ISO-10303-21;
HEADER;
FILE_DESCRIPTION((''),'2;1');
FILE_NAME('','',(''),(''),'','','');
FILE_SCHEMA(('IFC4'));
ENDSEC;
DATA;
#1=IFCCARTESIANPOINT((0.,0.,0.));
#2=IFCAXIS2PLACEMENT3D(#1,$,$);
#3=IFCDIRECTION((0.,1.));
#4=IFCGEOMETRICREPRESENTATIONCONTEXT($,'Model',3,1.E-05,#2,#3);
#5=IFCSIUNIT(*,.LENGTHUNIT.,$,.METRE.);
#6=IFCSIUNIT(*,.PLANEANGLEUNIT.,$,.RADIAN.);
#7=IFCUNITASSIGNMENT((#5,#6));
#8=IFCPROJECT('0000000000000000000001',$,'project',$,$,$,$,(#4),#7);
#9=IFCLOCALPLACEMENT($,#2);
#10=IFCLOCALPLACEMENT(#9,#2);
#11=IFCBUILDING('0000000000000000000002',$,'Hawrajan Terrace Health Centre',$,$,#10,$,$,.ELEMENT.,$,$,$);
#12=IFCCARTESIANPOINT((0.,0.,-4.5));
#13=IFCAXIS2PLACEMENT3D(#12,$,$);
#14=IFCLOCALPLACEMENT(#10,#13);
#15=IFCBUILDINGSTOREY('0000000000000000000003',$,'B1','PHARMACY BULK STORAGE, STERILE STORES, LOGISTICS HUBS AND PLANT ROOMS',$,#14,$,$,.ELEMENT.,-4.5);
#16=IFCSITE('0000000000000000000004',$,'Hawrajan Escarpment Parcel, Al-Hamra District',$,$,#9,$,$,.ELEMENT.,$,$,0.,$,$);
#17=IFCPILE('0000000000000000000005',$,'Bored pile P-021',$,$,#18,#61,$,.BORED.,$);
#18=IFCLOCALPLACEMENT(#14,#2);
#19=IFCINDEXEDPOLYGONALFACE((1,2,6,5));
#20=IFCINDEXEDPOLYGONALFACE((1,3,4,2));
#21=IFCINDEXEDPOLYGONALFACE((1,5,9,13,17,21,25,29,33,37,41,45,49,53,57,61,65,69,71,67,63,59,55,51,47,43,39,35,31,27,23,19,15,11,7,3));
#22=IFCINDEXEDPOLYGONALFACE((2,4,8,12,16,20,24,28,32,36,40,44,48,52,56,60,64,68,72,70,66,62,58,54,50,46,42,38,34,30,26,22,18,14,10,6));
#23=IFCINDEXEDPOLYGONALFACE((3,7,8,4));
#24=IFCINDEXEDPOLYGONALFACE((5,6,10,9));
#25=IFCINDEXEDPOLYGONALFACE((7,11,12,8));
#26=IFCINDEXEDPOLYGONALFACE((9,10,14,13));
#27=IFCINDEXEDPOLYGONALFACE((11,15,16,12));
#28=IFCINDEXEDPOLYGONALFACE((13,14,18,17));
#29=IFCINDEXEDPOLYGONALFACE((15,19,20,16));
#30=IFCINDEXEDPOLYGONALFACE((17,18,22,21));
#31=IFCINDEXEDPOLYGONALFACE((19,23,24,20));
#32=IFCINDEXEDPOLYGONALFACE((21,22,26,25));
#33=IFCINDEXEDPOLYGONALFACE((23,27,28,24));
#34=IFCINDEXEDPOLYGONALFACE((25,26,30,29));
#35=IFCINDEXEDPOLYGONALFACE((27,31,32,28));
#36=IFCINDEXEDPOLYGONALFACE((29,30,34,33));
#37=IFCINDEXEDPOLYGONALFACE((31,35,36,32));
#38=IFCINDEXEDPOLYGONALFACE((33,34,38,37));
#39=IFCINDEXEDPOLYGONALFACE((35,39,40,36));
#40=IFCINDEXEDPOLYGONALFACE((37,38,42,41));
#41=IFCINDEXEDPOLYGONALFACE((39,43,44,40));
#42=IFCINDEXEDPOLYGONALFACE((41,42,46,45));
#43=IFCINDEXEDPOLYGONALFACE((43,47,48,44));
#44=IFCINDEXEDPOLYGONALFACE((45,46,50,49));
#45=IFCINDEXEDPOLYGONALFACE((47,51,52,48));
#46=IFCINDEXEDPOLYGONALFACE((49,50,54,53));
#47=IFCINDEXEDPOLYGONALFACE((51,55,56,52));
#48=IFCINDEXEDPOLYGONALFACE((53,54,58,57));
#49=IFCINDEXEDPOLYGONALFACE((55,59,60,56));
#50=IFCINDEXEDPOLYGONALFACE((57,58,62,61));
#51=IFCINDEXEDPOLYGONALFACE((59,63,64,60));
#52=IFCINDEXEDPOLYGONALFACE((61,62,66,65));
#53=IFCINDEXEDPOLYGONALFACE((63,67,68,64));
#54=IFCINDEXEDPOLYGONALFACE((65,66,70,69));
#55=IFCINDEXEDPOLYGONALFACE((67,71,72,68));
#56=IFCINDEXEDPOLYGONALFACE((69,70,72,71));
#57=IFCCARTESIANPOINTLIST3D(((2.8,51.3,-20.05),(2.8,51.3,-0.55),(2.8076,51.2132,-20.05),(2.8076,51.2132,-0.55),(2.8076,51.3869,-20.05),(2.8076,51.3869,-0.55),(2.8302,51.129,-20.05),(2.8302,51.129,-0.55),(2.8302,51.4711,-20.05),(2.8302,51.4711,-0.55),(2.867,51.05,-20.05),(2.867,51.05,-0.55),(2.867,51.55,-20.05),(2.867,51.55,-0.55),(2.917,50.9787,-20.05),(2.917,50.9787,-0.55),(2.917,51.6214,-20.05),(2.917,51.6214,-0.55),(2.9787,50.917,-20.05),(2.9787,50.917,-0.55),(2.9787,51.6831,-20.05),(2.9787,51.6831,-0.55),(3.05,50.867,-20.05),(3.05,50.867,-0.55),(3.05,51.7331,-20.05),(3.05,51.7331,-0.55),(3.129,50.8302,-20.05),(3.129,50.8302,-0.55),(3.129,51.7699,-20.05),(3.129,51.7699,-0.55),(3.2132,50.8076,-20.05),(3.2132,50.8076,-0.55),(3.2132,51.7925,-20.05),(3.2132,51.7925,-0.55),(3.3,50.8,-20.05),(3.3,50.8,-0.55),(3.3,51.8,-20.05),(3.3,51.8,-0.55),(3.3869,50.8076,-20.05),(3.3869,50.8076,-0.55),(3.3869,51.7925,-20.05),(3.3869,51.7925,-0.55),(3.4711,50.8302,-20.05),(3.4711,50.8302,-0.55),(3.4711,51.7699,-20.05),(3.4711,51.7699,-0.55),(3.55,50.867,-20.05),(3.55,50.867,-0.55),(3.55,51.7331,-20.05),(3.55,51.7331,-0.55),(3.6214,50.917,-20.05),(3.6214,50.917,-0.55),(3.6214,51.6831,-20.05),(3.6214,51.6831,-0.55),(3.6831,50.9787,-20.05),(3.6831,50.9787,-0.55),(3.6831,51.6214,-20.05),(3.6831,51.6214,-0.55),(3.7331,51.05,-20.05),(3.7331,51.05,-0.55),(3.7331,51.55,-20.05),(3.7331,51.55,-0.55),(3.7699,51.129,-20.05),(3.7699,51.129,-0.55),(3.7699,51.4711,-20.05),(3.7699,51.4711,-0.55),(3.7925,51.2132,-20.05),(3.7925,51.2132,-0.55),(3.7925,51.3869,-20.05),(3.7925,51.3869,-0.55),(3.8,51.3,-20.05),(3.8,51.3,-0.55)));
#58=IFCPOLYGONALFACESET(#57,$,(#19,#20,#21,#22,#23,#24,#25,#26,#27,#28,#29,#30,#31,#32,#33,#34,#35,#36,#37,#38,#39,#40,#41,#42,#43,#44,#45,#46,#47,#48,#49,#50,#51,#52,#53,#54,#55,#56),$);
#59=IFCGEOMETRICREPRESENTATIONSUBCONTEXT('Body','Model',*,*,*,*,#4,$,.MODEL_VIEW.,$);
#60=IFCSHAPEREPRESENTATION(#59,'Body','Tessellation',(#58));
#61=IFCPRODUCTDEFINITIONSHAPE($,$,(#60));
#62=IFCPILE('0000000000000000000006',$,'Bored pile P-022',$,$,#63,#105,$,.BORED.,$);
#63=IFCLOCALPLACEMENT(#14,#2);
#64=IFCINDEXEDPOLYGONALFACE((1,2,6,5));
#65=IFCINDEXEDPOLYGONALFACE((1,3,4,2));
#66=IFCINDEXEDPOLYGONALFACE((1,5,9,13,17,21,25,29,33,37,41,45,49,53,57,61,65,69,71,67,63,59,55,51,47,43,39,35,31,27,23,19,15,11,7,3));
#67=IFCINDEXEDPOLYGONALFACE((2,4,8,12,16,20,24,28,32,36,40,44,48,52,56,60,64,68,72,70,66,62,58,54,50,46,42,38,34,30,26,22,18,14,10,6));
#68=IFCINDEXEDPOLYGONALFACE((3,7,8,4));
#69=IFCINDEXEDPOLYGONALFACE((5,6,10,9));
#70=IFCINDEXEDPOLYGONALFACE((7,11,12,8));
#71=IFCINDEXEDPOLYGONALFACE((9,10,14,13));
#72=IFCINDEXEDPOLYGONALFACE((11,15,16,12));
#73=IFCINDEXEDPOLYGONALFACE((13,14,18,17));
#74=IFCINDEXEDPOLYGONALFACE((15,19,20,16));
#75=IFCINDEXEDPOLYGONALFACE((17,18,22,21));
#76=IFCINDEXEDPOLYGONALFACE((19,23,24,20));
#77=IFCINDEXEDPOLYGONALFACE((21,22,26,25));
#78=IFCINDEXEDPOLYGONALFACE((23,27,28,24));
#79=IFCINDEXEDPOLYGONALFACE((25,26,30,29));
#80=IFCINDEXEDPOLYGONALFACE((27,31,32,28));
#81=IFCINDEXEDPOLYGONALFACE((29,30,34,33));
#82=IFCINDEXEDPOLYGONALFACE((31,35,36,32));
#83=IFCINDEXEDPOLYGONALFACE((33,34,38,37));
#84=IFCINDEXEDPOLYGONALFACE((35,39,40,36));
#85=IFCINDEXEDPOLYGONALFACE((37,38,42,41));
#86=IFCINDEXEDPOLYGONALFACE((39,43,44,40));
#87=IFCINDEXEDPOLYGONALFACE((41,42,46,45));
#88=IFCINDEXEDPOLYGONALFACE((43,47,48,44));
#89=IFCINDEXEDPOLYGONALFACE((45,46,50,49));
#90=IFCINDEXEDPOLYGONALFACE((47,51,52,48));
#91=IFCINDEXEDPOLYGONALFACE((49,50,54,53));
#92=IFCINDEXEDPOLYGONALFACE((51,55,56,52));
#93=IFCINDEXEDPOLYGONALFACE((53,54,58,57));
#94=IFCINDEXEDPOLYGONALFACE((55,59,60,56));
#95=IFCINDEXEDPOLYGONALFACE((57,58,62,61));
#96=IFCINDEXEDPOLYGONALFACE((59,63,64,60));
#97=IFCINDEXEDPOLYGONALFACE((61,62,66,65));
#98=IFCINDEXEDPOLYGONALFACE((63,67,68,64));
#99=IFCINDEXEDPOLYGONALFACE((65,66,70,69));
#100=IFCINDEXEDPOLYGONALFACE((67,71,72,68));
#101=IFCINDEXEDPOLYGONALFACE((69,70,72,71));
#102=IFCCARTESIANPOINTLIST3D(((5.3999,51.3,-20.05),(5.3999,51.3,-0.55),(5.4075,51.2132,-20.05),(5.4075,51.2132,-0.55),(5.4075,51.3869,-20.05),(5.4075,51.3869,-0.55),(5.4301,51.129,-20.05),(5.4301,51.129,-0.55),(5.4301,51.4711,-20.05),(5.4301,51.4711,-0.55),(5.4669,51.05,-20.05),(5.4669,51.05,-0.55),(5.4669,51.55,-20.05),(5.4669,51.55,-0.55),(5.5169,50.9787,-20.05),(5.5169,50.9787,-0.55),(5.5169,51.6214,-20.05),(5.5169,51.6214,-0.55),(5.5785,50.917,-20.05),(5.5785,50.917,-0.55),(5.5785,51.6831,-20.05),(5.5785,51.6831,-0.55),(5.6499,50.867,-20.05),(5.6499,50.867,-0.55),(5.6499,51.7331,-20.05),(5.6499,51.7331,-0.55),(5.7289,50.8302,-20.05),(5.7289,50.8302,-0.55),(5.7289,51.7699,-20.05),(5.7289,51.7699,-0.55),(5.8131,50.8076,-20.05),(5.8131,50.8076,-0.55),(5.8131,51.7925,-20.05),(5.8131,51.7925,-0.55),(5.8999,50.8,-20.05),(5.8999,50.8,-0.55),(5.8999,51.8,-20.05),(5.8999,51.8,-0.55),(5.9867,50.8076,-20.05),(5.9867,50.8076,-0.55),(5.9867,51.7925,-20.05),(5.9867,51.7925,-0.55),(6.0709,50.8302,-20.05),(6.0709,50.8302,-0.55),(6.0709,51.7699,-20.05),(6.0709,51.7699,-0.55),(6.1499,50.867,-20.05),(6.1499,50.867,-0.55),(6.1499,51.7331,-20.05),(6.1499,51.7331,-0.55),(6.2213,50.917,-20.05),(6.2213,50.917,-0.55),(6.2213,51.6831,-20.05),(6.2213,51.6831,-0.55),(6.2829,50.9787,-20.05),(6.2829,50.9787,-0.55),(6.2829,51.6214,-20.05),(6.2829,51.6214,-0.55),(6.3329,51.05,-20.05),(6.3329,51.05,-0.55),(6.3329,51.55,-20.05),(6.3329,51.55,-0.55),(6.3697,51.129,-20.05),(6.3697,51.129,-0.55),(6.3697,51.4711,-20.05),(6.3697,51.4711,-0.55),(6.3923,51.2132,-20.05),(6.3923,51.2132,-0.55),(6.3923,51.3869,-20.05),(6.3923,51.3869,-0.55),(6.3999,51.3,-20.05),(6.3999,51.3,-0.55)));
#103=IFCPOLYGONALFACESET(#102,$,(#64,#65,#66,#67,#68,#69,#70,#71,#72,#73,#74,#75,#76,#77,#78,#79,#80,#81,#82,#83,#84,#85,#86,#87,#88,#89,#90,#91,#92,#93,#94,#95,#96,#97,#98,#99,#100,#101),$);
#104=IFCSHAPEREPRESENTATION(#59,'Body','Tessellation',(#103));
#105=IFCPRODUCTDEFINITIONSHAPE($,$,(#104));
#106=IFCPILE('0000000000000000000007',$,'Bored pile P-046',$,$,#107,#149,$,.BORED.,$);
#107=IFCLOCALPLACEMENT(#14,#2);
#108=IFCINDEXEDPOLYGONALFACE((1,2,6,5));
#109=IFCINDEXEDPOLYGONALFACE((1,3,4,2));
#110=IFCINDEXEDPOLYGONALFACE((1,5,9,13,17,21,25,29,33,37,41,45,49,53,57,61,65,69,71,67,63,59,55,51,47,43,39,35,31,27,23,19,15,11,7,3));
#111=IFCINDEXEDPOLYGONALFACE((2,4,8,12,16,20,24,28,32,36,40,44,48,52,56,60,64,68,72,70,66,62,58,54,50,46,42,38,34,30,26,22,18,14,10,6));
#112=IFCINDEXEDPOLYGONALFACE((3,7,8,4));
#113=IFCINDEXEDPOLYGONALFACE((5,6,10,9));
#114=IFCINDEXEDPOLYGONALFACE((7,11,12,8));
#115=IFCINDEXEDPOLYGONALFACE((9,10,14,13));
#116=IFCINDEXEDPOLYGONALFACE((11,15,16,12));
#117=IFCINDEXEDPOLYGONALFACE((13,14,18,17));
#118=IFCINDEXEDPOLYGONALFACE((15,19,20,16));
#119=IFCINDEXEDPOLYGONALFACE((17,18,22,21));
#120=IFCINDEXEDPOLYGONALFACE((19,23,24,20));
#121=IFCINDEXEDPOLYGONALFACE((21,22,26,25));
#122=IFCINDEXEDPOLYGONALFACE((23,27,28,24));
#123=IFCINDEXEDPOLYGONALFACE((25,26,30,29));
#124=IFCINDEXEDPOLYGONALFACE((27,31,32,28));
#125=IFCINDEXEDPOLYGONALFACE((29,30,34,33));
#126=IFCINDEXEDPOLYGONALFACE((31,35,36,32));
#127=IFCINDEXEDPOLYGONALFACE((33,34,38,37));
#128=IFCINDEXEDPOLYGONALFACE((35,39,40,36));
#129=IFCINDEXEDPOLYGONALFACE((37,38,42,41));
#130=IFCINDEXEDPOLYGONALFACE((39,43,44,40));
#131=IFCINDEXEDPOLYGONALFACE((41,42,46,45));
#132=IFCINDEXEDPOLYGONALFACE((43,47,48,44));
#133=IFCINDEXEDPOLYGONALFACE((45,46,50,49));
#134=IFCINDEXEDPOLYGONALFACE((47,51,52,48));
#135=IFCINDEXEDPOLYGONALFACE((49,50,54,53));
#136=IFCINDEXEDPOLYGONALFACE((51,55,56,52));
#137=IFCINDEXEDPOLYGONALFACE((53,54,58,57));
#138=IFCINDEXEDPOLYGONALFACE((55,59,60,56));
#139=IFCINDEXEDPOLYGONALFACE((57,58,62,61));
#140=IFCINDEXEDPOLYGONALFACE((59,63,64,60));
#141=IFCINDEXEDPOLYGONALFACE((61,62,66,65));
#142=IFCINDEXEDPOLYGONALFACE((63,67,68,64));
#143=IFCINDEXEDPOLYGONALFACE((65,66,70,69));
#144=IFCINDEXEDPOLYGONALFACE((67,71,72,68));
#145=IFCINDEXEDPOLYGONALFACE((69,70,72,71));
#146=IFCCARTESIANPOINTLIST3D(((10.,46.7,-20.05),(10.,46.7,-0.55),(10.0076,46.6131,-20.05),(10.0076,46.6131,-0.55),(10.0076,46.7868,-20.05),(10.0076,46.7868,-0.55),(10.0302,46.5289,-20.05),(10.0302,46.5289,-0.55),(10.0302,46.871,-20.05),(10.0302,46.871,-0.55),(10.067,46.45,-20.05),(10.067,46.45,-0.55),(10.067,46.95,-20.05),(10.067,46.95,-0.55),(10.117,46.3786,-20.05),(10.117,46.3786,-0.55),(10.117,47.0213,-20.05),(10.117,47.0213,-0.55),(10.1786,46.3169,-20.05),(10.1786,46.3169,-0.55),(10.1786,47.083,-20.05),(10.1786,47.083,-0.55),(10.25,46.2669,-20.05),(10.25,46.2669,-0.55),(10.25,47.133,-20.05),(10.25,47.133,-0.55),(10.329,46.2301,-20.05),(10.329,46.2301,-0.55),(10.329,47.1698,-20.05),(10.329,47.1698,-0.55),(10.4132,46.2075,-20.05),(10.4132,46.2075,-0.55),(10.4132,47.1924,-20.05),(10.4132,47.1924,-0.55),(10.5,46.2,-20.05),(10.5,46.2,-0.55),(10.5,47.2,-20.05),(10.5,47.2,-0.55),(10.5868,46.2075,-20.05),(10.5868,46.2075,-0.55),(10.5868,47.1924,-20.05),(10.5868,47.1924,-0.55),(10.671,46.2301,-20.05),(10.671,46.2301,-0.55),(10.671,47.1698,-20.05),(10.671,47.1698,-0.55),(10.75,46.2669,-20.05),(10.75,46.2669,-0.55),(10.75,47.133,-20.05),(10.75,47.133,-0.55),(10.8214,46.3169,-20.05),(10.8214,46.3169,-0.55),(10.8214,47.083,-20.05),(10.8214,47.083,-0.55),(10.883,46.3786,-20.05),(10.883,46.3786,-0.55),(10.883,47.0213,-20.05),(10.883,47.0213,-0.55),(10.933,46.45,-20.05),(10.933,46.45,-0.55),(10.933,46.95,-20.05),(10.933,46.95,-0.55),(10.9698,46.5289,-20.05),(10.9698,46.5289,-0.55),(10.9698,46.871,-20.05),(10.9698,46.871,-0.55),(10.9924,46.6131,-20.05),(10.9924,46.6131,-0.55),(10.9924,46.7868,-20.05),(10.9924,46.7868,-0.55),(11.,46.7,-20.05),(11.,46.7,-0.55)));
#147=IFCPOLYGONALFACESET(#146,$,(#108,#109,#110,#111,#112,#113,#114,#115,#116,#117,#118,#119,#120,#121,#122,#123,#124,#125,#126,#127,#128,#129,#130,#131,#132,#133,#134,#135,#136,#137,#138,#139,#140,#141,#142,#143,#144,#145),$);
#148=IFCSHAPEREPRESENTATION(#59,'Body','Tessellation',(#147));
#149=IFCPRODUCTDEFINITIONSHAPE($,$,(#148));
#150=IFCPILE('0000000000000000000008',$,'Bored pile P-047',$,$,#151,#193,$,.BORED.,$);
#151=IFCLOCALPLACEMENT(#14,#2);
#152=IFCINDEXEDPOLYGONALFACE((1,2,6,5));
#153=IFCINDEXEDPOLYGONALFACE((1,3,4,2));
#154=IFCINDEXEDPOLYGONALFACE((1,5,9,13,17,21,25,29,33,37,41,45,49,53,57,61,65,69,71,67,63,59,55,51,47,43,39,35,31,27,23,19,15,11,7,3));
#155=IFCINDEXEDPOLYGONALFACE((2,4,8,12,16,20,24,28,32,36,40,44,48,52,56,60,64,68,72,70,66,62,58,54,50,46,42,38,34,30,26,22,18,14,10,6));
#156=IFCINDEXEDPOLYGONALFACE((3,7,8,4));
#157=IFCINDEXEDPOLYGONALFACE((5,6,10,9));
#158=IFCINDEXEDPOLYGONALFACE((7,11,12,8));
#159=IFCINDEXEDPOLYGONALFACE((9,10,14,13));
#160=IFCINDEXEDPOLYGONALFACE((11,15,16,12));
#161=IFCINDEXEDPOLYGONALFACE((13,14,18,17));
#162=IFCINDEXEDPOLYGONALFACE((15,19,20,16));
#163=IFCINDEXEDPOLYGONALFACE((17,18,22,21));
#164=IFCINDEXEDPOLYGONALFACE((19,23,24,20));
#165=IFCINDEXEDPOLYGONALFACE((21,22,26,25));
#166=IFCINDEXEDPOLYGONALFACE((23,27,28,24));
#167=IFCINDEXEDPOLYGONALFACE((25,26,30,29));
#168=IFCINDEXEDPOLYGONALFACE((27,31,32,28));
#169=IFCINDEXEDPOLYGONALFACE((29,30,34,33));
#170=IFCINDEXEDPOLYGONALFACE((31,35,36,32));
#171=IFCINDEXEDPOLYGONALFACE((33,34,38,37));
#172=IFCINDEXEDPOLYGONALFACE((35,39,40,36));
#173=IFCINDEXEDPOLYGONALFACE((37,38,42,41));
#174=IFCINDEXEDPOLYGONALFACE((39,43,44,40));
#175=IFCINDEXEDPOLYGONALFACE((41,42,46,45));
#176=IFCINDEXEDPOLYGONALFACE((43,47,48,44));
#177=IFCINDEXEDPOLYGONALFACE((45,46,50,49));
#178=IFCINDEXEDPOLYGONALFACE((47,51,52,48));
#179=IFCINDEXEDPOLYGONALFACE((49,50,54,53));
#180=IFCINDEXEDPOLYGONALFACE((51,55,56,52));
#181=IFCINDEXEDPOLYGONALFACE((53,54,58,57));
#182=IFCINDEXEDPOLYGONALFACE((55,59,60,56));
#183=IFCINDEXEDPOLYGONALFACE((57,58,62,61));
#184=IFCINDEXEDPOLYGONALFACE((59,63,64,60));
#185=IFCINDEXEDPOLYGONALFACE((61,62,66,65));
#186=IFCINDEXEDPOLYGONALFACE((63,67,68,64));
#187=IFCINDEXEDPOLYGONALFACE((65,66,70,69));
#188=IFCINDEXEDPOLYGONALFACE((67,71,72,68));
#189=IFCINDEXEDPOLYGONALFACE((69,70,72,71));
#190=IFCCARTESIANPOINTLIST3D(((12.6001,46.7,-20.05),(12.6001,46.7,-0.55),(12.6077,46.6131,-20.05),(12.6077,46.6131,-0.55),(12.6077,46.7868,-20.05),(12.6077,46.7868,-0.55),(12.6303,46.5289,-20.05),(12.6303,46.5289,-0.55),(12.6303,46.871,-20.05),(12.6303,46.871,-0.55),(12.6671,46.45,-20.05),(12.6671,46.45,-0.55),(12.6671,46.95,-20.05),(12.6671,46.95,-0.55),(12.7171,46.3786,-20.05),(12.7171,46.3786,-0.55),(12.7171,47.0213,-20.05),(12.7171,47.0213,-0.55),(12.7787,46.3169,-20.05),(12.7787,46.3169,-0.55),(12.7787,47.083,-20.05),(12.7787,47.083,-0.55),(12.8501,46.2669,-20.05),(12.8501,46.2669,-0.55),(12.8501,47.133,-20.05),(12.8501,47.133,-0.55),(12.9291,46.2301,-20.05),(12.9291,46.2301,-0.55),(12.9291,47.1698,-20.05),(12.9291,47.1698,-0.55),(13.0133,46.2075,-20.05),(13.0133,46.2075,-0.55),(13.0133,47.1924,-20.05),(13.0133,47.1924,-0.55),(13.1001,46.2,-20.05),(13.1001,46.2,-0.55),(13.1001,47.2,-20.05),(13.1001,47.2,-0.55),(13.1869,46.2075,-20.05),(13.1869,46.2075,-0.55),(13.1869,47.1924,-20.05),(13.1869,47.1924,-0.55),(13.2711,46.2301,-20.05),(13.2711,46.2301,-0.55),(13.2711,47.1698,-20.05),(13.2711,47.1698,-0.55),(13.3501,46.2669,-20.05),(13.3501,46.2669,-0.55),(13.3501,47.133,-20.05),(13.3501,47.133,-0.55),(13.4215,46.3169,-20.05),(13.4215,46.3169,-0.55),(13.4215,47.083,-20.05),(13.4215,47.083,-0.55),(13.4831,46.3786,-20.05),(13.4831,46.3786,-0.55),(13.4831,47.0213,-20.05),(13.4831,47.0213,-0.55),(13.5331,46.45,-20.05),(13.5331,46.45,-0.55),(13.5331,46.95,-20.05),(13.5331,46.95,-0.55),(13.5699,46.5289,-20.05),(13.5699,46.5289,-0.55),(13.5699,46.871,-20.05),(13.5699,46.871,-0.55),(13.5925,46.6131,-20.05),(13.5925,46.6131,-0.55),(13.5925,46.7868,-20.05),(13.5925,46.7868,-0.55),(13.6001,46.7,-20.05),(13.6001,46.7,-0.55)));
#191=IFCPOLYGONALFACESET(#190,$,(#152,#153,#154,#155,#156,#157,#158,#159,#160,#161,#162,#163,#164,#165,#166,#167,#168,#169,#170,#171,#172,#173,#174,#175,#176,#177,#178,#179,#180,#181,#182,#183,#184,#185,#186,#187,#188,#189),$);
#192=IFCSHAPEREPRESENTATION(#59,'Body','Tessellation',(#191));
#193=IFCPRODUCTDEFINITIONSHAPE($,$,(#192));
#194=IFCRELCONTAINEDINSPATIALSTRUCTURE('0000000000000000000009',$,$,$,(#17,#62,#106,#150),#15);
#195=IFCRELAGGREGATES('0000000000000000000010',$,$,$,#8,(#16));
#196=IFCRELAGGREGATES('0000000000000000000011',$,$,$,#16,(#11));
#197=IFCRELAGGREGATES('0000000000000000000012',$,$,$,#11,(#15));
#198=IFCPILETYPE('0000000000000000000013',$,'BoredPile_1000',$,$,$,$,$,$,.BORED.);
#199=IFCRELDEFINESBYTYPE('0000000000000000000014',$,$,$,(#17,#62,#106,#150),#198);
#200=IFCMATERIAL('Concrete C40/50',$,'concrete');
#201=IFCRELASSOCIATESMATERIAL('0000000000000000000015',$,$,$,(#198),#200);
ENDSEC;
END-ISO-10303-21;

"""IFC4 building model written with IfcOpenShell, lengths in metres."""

from ifc_helpers import new_model, si_unit, direction, frame, origin, origin_2d, place, context, subcontext, project, spatial, circle, extrude, material, material_profile, profile_set, type_object, element, save


model = new_model("IFC4")

# Units and contexts
model_context = context("Model", 3, precision=1e-05, world=origin(), true_north=direction((0.0, 1.0)))
body_context = subcontext(model_context, "Body", "Model", "MODEL_VIEW")
ifc_project = project(units=[si_unit("LENGTHUNIT", "METRE"), si_unit("PLANEANGLEUNIT", "RADIAN")], contexts=[model_context])

# Site, building, storey
site_placement = place(None, origin())
site = spatial("IfcSite", under=ifc_project, at=site_placement, Name="Hawrajan Escarpment Parcel, Al-Hamra District", CompositionType="ELEMENT", RefElevation=0.0)
building_placement = place(site_placement, origin())
building = spatial("IfcBuilding", under=site, at=building_placement, Name="Hawrajan Terrace Health Centre", CompositionType="ELEMENT")
storey_placement = place(building_placement, frame((0.0, 0.0, -4.5)))
storey = spatial("IfcBuildingStorey", under=building, at=storey_placement, Name="B1", Description="PHARMACY BULK STORAGE, STERILE STORES, LOGISTICS HUBS AND PLANT ROOMS", CompositionType="ELEMENT", Elevation=-4.5)

# Piles
ifc_material_1 = material(Name="Concrete C40/50", Category="concrete")
ifc_material_profile_1 = material_profile(ifc_material_1, circle(Radius=0.5, at=origin_2d()), Name="BP 1000")
ifc_profile_set_1 = profile_set([ifc_material_profile_1], Name="Concrete C40/50")
pile_type_1 = type_object("IfcPileType", Name="BoredPile_1000", PredefinedType="BORED", material=ifc_profile_set_1)
for number, where, z_axis, x_axis, name in (
    (1, (3.3, 51.3, -0.55), (0.0, 0.0, -1.0), (1.0, 0.0, 0.0), "Bored pile P-021"),
    (2, (5.8999, 51.3, -0.55), (0.0, 0.0, -1.0), (1.0, 0.0, 0.0), "Bored pile P-022"),
    (3, (10.5, 46.7, -0.55), (0.0, 0.0, -1.0), (1.0, 0.0, 0.0), "Bored pile P-046"),
    (4, (13.1001, 46.7, -0.55), (0.0, 0.0, -1.0), (1.0, 0.0, 0.0), "Bored pile P-047"),
):
    element("IfcPile", number, at=place(storey_placement, frame(where, z_axis=z_axis, x_axis=x_axis)), inside=storey, type_object=pile_type_1, Name=name, PredefinedType="BORED", context=body_context, shape_type="SweptSolid", body=[
        extrude(circle(Radius=0.5, at=origin_2d()), origin(), (0.0, 0.0, 1.0), 19.5),
    ])

save(model, "model.ifc")
